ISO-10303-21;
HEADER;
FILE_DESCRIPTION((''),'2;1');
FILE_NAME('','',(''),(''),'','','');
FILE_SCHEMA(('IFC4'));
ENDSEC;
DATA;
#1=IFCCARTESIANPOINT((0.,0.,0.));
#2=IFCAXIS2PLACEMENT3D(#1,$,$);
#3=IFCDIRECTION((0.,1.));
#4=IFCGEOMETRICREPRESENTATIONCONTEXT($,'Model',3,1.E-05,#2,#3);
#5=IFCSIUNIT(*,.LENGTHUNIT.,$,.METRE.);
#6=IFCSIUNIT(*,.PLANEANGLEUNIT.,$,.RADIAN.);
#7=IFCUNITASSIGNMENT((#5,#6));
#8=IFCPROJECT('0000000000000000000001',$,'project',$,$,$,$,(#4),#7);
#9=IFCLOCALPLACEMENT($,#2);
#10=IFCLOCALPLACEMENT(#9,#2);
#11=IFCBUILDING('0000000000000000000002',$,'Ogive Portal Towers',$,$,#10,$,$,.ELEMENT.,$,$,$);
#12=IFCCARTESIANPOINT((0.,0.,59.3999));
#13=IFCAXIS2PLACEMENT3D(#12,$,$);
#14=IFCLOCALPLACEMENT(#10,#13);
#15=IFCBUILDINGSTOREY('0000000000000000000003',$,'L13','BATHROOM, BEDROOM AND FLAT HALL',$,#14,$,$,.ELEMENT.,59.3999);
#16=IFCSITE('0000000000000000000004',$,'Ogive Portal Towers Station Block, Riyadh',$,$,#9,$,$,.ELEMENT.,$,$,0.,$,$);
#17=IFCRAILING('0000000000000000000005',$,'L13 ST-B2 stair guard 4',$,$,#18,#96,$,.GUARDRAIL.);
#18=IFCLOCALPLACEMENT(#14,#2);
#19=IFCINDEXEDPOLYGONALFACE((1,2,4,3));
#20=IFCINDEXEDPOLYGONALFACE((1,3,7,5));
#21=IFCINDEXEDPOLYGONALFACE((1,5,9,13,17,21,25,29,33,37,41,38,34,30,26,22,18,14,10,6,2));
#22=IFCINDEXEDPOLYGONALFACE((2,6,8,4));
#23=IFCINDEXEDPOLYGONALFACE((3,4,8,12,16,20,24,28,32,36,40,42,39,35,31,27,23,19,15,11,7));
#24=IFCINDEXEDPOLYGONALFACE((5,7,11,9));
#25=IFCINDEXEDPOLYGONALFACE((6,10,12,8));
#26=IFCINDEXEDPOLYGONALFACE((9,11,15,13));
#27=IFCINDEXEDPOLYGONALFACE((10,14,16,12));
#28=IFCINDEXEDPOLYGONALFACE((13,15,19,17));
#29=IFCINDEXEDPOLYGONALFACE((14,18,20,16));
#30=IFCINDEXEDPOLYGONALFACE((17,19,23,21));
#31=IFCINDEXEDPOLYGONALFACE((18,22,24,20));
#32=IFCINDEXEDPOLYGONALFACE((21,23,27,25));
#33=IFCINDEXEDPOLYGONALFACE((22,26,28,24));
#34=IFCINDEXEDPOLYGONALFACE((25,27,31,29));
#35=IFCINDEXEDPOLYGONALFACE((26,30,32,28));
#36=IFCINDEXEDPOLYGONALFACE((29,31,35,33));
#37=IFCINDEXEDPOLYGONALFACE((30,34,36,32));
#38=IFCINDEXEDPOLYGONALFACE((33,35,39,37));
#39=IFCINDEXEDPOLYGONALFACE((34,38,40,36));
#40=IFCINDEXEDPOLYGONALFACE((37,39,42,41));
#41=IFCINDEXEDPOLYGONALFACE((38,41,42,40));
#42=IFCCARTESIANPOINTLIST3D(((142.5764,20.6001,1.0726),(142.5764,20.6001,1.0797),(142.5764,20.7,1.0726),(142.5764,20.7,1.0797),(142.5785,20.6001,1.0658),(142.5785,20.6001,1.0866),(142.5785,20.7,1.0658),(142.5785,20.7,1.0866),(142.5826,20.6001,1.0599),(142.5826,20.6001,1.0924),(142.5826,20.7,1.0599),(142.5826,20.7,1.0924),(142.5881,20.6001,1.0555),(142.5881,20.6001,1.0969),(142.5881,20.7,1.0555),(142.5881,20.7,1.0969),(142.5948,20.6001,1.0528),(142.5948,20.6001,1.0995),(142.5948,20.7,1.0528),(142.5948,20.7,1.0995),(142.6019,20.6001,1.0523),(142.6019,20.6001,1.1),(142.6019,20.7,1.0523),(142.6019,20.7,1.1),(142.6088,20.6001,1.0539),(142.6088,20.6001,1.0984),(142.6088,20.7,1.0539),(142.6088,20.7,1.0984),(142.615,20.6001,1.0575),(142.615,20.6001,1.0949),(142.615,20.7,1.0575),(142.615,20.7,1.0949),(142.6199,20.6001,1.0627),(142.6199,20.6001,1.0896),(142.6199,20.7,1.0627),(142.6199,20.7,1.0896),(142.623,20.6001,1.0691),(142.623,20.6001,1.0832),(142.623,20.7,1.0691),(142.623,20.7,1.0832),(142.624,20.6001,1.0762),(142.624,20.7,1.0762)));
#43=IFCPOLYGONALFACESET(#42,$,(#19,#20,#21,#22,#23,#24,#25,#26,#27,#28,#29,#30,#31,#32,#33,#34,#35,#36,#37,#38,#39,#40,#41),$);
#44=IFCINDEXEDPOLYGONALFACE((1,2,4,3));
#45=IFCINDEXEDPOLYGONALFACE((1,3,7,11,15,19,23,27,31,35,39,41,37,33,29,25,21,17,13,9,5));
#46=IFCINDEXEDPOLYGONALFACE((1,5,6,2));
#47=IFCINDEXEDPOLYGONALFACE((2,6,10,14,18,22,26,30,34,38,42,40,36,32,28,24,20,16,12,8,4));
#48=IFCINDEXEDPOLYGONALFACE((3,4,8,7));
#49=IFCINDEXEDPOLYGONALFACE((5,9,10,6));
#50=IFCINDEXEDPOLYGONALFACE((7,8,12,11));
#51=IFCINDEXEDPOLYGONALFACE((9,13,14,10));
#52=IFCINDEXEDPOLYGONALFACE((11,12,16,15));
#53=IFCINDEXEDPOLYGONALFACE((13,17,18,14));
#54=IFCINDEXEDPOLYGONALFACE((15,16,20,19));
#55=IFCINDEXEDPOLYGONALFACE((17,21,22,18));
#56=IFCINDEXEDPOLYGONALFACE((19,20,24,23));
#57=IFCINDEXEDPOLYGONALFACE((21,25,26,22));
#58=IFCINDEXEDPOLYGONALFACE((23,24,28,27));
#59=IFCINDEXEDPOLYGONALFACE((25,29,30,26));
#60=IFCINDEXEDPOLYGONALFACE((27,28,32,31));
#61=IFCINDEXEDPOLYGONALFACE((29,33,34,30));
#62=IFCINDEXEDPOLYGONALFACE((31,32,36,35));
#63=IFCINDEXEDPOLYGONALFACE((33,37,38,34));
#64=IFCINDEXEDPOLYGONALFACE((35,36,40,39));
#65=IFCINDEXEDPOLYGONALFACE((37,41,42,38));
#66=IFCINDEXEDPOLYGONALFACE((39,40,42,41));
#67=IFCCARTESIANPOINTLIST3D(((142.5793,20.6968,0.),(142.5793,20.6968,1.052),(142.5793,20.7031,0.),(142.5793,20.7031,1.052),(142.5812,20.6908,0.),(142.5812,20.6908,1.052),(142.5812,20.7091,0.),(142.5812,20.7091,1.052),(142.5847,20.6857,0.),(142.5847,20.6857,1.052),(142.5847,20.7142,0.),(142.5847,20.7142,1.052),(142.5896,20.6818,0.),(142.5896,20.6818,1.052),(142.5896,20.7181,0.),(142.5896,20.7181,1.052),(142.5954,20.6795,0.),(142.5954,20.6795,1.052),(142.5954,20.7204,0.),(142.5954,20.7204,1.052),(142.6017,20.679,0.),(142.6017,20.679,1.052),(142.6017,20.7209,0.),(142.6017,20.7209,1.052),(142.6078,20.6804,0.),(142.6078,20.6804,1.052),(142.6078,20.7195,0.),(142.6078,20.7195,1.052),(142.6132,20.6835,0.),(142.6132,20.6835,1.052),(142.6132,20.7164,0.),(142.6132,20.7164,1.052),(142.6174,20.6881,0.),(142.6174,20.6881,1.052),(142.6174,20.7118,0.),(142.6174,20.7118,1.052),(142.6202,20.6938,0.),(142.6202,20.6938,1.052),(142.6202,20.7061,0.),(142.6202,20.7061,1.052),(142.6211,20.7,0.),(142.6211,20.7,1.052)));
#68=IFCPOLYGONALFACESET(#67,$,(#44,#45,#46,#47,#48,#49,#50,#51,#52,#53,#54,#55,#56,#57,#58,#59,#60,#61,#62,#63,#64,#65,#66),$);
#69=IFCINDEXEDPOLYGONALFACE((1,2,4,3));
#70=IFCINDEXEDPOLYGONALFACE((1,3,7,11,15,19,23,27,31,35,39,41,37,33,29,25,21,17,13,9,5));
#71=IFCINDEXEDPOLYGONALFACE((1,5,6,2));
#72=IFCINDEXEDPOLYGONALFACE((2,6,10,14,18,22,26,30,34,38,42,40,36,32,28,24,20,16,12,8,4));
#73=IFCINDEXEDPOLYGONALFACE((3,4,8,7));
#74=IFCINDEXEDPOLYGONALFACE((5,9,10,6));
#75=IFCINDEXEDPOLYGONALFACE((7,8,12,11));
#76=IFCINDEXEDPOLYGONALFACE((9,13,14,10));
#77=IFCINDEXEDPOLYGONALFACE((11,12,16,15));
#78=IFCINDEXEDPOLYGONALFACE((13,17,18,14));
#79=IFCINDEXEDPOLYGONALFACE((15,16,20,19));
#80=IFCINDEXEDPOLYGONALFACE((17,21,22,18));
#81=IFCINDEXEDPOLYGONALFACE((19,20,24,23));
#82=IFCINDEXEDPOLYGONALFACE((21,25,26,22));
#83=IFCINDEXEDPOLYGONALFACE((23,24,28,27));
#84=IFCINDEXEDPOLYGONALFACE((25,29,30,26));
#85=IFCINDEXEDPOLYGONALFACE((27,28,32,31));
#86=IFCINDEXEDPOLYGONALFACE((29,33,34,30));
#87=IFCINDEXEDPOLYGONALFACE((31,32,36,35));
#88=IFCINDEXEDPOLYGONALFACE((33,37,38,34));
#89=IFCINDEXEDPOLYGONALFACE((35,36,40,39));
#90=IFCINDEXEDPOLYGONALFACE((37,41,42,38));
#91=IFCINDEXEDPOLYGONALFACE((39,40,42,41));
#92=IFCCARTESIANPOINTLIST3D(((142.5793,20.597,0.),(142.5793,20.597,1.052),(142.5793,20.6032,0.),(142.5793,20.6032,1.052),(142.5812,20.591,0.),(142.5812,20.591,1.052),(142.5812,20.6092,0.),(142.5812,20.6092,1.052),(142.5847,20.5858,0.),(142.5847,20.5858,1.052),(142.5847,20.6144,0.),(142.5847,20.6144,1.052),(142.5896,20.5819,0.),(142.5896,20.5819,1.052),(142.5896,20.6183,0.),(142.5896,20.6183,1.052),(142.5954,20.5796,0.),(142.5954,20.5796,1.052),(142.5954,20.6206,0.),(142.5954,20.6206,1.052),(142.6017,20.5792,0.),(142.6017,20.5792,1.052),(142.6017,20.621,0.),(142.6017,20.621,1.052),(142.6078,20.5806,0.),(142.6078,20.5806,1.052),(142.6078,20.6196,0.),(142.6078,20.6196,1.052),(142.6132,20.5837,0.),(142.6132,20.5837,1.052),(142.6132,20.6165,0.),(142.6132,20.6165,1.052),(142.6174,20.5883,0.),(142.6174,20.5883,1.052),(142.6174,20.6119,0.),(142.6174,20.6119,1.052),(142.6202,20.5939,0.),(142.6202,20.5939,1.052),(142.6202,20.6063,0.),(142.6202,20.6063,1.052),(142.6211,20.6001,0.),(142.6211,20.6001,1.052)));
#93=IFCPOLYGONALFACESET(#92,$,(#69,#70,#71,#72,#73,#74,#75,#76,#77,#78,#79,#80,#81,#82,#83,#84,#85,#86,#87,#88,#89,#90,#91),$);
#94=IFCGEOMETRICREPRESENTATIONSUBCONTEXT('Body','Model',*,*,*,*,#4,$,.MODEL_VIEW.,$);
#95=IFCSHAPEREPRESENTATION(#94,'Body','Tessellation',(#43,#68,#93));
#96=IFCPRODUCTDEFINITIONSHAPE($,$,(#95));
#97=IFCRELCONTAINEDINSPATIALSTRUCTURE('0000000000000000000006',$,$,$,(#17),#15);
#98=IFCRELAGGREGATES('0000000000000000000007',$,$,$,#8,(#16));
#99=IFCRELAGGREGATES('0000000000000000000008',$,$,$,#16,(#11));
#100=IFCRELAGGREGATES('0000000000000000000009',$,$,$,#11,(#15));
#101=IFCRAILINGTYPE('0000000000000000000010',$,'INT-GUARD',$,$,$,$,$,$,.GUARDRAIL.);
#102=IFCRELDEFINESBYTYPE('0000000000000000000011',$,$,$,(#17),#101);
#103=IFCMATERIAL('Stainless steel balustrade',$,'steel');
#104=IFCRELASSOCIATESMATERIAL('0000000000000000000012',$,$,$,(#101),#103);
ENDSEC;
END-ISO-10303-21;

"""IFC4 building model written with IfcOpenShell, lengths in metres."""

from ifc_helpers import new_model, si_unit, direction, frame, origin, origin_2d, place, context, subcontext, project, spatial, circle, extrude, material, type_object, element, save


model = new_model("IFC4")

# Units and contexts
model_context = context("Model", 3, precision=1e-05, world=origin(), true_north=direction((0.0, 1.0)))
body_context = subcontext(model_context, "Body", "Model", "MODEL_VIEW")
ifc_project = project(units=[si_unit("LENGTHUNIT", "METRE"), si_unit("PLANEANGLEUNIT", "RADIAN")], contexts=[model_context])

# Site, building, storey
site_placement = place(None, origin())
site = spatial("IfcSite", under=ifc_project, at=site_placement, Name="Ogive Portal Towers Station Block, Riyadh", CompositionType="ELEMENT", RefElevation=0.0)
building_placement = place(site_placement, origin())
building = spatial("IfcBuilding", under=site, at=building_placement, Name="Ogive Portal Towers", CompositionType="ELEMENT")
storey_placement = place(building_placement, frame((0.0, 0.0, 59.3999)))
storey = spatial("IfcBuildingStorey", under=building, at=storey_placement, Name="L13", Description="BATHROOM, BEDROOM AND FLAT HALL", CompositionType="ELEMENT", Elevation=59.3999)

# Railing
ifc_material_1 = material(Name="Stainless steel balustrade", Category="steel")
railing_type_1 = type_object("IfcRailingType", Name="INT-GUARD", PredefinedType="GUARDRAIL", material=ifc_material_1)
railing_1_placement = place(storey_placement, frame((142.6001, 20.7, 0.0)))
element("IfcRailing", 1, at=railing_1_placement, inside=storey, type_object=railing_type_1, Name="L13 ST-B2 stair guard 4", PredefinedType="GUARDRAIL", context=body_context, shape_type="SweptSolid", body=[
    extrude(circle(Radius=0.0239, at=origin_2d()), frame((0.0, 0.0, 1.0762), z_axis=(0.0, -1.0, 0.0), x_axis=(1.0, 0.0, 0.0)), (0.0, 0.0, 1.0), 0.0999),
    extrude(circle(Radius=0.021, at=origin_2d()), origin(), (0.0, 0.0, 1.0), 1.052),
    extrude(circle(Radius=0.021, at=origin_2d()), frame((0.0, -0.0999, 0.0)), (0.0, 0.0, 1.0), 1.052),
])

save(model, "model.ifc")
